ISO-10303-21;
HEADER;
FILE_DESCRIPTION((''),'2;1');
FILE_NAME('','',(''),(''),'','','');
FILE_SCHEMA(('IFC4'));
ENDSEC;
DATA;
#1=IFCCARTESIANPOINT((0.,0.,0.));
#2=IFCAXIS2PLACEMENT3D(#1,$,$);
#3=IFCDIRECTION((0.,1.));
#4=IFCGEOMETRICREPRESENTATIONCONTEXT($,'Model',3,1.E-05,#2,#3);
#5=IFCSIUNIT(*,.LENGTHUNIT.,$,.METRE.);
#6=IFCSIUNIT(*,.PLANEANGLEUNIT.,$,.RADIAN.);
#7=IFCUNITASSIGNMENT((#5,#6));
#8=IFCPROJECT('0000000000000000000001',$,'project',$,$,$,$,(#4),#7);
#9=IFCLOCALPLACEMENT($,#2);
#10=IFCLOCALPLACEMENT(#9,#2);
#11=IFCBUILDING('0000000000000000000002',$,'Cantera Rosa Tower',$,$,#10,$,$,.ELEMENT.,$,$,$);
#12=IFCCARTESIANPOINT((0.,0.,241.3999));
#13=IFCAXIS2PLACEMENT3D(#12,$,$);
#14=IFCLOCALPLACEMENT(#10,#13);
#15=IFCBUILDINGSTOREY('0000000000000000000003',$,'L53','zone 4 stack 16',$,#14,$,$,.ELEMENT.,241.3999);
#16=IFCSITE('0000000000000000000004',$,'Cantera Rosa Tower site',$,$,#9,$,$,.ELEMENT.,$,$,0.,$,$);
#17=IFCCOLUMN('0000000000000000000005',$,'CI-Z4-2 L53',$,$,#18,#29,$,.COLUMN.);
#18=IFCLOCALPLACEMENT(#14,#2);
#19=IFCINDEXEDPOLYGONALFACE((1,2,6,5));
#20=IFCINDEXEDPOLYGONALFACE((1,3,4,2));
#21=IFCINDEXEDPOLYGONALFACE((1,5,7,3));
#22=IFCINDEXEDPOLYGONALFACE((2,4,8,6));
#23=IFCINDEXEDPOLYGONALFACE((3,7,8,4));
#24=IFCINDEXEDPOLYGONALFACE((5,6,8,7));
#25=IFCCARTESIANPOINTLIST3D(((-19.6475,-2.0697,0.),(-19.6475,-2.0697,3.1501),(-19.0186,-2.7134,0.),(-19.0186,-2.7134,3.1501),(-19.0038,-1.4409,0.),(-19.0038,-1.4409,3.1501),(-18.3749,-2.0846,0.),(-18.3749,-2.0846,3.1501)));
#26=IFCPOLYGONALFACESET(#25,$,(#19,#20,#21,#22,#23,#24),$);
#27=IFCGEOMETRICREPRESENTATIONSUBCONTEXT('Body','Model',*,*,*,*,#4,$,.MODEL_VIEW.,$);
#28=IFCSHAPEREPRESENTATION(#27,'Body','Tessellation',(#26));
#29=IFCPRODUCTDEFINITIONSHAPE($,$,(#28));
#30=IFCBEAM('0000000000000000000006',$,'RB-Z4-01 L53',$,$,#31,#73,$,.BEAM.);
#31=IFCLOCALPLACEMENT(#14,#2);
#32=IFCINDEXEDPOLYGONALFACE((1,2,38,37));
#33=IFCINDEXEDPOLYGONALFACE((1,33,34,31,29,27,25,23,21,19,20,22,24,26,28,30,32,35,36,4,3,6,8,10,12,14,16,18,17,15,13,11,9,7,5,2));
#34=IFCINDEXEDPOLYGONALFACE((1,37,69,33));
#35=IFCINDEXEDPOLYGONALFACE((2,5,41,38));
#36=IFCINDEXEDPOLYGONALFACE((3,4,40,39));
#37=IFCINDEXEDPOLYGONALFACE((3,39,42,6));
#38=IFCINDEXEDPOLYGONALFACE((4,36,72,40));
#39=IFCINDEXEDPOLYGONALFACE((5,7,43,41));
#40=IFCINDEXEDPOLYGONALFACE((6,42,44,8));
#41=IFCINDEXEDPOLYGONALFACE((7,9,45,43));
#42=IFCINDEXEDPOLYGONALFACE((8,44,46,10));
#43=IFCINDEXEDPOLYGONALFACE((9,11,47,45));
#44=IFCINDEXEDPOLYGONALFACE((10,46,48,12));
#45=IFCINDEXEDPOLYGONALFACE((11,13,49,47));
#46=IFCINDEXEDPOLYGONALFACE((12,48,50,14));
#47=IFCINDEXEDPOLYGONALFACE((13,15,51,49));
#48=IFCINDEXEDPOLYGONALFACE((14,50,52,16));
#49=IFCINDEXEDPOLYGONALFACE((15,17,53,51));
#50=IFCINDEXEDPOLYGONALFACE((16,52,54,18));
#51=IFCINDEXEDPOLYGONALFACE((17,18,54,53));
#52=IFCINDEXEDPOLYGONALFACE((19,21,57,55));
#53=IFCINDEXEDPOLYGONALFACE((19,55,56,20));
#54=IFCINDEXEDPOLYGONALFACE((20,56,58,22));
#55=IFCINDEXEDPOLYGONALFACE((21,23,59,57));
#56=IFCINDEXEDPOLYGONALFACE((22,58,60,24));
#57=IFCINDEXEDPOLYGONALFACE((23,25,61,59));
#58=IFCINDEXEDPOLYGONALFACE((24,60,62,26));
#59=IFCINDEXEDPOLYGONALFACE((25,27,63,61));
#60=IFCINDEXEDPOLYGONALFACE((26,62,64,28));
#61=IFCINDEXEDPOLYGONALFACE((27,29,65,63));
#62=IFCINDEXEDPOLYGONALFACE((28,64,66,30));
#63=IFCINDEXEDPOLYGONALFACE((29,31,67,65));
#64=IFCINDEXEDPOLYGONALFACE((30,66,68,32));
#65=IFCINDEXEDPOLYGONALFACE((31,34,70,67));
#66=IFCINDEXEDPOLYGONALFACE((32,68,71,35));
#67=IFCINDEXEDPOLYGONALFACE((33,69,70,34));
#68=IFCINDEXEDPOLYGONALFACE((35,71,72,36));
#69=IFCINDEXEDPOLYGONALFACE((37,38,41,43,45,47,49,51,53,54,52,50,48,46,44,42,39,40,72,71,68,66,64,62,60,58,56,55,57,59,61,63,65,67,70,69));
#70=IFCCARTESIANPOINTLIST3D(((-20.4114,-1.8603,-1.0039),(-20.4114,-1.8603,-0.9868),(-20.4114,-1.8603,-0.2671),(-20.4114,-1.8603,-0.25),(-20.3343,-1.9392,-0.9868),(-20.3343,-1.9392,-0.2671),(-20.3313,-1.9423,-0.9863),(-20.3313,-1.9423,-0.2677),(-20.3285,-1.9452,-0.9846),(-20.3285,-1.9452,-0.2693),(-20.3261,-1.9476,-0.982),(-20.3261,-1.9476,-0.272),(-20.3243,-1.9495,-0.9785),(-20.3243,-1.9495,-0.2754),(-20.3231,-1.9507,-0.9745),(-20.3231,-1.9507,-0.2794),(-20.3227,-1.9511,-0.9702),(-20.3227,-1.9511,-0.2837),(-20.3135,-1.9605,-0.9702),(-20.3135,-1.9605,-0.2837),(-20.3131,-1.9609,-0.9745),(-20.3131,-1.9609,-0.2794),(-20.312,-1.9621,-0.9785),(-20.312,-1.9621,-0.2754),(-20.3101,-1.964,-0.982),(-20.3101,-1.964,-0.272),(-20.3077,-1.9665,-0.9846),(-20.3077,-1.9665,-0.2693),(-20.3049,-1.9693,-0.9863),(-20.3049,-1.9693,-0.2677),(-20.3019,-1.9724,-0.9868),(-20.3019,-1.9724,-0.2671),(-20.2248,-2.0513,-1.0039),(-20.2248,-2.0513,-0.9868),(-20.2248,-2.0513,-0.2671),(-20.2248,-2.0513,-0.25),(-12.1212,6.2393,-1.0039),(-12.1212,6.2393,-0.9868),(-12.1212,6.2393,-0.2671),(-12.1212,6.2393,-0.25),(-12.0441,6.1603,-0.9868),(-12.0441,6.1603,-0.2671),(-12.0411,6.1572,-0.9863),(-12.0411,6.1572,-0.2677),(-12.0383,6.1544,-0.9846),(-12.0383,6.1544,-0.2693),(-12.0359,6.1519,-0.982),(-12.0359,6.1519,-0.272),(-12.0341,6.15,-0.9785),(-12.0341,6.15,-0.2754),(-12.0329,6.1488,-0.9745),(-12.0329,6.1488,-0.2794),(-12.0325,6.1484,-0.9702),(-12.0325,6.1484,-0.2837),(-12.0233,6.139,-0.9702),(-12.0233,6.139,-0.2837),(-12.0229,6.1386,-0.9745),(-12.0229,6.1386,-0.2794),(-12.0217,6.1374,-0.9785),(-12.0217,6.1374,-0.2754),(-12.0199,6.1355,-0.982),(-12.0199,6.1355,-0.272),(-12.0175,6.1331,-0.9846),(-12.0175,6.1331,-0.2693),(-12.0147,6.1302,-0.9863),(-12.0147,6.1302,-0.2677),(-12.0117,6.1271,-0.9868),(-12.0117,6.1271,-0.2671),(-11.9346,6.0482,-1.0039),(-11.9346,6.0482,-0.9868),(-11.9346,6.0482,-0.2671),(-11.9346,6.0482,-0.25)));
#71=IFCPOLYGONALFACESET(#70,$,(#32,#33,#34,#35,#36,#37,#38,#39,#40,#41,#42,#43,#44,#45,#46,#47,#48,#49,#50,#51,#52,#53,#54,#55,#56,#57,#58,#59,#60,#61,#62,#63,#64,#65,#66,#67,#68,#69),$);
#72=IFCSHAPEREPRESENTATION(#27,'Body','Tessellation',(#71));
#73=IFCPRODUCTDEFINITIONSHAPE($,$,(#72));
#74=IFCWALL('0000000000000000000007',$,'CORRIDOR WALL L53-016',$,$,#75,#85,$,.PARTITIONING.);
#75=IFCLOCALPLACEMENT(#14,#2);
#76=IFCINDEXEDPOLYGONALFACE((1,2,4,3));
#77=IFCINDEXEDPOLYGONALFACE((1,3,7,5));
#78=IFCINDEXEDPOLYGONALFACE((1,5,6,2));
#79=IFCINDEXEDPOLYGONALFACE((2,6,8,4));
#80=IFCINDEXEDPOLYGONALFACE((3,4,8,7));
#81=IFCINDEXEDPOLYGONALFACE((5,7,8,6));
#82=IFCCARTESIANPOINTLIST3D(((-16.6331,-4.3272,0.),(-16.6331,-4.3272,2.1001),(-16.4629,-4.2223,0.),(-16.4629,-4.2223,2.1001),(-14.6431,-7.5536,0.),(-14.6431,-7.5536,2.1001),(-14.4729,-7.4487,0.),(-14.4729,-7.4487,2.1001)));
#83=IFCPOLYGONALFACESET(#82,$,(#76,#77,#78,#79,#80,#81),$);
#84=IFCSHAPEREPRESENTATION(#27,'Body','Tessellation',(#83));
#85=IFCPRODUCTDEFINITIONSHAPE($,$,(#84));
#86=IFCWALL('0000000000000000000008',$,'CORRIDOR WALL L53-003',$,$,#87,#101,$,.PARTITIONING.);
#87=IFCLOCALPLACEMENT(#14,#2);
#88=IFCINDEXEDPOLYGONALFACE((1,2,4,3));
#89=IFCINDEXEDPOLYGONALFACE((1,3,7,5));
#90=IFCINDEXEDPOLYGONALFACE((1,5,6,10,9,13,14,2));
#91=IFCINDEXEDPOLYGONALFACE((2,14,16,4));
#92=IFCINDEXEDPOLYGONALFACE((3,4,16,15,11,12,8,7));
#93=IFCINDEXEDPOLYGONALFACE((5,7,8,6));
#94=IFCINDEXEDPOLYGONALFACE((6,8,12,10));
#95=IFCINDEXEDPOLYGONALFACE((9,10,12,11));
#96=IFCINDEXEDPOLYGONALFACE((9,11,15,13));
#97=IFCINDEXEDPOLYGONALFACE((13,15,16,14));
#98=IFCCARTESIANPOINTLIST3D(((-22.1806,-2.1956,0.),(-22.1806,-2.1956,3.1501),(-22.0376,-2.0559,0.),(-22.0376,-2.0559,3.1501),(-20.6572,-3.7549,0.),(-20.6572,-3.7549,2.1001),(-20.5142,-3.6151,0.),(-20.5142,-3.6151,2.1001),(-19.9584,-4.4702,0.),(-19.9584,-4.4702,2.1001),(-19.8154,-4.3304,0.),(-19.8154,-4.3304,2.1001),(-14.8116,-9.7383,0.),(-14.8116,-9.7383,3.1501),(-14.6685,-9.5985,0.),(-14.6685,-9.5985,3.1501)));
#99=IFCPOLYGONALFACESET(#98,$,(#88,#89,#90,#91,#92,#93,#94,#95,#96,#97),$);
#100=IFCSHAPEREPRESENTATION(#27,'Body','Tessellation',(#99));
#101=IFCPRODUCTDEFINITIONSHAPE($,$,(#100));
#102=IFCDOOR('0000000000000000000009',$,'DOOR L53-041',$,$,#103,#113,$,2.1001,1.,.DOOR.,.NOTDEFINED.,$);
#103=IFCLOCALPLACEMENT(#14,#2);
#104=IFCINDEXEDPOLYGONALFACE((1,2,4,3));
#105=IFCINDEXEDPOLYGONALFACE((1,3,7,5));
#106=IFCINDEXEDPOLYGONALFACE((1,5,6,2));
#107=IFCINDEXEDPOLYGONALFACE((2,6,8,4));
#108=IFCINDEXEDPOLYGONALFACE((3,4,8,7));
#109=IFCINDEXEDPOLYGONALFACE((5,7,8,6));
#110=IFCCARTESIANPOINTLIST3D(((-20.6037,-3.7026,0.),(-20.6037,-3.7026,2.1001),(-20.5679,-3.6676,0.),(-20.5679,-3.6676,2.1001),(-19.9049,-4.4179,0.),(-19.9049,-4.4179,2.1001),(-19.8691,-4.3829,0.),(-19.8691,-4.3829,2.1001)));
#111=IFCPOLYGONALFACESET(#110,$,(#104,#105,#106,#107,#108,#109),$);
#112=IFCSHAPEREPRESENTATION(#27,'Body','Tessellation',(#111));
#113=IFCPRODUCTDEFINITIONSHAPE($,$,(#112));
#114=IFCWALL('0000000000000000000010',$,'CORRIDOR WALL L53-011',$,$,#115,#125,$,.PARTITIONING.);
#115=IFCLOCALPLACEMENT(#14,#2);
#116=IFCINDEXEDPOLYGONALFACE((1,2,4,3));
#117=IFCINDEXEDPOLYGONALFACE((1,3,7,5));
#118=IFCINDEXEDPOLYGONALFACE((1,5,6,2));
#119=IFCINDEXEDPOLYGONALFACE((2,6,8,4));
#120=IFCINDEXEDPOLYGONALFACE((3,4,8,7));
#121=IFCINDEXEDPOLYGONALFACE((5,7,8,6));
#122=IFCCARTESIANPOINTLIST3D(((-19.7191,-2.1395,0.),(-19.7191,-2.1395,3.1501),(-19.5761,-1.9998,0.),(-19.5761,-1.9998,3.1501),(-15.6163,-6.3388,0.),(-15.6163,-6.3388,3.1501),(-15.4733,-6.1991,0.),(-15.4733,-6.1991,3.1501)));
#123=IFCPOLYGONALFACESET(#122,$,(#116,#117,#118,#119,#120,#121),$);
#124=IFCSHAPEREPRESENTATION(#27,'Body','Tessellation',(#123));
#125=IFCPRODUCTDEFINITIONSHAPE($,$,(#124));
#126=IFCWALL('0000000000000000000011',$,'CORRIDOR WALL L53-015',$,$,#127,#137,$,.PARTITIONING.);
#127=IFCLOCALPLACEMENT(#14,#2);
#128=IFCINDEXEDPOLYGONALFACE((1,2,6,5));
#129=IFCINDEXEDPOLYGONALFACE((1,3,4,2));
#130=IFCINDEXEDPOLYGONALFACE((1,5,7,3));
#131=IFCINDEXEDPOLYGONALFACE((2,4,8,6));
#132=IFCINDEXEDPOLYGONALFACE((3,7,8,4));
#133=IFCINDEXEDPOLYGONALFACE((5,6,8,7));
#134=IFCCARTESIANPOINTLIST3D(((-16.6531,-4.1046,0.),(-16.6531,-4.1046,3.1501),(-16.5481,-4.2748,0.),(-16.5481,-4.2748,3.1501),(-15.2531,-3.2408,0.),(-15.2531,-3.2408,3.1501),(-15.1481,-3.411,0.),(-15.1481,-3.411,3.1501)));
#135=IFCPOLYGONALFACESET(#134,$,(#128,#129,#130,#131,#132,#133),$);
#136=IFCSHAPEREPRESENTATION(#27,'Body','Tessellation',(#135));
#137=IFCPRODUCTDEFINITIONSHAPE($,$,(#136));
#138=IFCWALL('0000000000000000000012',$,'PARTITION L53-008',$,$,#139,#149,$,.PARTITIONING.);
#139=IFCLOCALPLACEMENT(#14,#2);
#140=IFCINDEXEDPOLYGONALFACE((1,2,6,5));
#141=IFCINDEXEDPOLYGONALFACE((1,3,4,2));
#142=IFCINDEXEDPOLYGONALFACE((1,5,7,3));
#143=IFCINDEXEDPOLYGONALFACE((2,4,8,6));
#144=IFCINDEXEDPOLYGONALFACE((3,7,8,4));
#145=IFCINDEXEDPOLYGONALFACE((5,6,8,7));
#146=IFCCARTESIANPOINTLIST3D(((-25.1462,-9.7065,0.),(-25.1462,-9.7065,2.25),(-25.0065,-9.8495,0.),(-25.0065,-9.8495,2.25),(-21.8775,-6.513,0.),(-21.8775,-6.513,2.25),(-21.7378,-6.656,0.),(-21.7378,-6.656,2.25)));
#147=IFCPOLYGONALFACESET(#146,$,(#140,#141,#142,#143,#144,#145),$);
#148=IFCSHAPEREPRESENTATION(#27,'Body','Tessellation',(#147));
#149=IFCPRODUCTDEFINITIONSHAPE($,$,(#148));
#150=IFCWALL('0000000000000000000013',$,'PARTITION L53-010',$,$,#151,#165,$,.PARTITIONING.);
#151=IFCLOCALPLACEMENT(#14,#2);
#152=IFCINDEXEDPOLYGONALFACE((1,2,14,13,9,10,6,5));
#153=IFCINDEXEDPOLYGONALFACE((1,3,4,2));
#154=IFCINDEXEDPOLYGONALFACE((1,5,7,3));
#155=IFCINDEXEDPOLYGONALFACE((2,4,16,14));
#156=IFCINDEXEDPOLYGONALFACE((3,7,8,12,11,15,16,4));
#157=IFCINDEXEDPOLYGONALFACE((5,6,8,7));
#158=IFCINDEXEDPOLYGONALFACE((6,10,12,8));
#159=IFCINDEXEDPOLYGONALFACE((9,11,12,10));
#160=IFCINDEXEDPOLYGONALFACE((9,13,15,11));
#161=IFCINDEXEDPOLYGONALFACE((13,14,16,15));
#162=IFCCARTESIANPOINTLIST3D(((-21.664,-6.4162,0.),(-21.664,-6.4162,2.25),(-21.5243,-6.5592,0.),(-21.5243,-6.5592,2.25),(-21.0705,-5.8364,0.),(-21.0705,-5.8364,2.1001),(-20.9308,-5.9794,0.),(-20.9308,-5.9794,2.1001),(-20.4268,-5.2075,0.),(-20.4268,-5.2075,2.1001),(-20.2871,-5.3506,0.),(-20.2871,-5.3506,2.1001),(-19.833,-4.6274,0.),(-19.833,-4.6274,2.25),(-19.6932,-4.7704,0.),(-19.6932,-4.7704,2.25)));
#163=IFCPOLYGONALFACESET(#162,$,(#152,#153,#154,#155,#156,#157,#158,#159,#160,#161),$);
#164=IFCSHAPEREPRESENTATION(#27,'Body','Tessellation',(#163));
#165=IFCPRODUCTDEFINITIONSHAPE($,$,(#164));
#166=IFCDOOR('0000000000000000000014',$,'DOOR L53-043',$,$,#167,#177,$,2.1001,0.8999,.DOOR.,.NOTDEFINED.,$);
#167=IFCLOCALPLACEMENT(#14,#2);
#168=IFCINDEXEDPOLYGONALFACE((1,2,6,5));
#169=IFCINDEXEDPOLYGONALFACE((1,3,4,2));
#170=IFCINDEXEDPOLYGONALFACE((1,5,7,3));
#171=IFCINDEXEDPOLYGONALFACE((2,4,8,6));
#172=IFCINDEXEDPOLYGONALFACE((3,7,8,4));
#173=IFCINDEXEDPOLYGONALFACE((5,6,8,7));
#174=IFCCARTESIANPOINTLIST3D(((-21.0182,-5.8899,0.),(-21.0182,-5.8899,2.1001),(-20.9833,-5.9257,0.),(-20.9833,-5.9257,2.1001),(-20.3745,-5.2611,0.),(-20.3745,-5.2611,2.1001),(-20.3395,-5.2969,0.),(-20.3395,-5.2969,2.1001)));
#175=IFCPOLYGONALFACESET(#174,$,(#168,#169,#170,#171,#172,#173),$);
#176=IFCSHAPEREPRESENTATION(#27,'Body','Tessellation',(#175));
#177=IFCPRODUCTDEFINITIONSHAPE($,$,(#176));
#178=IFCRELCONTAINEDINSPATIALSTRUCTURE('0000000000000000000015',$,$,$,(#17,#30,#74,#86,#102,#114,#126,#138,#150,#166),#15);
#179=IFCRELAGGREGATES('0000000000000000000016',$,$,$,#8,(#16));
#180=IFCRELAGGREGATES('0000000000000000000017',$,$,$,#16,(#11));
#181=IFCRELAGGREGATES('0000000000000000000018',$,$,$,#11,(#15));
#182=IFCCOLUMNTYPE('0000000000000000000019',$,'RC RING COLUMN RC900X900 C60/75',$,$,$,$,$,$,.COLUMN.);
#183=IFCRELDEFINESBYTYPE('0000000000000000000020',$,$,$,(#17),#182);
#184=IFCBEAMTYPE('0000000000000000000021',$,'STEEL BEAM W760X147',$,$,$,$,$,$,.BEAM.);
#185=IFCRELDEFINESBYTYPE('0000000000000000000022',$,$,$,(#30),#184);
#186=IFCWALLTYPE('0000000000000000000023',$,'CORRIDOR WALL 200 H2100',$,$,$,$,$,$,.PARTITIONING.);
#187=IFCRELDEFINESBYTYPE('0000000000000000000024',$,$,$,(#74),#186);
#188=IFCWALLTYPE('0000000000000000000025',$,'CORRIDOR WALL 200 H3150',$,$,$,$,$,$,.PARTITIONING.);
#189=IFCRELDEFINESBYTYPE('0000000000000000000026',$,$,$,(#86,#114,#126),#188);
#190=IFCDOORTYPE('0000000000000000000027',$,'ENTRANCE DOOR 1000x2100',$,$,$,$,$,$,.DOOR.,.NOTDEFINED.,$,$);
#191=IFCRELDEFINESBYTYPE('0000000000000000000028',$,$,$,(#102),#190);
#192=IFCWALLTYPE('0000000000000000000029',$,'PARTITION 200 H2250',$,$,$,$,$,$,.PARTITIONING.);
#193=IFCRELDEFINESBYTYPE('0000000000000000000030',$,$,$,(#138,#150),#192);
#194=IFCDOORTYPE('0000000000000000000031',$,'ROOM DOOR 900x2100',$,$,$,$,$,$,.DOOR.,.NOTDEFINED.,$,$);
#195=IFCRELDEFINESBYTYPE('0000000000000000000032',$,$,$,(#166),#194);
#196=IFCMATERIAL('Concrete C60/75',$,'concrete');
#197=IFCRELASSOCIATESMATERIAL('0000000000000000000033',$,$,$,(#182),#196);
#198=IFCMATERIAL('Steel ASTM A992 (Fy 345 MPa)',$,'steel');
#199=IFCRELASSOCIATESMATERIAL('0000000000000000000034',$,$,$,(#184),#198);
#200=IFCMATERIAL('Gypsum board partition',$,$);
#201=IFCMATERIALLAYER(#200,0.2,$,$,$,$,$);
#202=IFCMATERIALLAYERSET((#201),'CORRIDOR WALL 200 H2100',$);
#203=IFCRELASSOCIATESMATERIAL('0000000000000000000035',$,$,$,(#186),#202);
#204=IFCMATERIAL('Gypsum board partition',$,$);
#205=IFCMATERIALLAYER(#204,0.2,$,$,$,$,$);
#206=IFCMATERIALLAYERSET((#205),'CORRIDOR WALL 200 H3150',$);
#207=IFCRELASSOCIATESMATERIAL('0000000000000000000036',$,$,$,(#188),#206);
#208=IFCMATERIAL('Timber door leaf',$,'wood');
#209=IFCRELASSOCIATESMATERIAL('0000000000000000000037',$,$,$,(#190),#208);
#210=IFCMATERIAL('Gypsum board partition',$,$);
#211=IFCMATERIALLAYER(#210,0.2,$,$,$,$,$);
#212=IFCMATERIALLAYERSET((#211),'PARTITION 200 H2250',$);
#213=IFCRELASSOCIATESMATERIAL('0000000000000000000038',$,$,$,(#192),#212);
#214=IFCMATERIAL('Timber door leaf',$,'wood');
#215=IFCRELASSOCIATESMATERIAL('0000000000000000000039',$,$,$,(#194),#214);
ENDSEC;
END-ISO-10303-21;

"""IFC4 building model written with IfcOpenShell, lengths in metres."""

from ifc_helpers import new_model, si_unit, direction, frame, frame_2d, origin, origin_2d, place, context, subcontext, project, spatial, rectangle, i_section, extrude, material, layer, layer_set, material_profile, profile_set, type_object, element, fill, save


model = new_model("IFC4")

# Units and contexts
model_context = context("Model", 3, precision=1e-05, world=origin(), true_north=direction((0.0, 1.0)))
body_context = subcontext(model_context, "Body", "Model", "MODEL_VIEW")
ifc_project = project(units=[si_unit("LENGTHUNIT", "METRE"), si_unit("PLANEANGLEUNIT", "RADIAN")], contexts=[model_context])

# Site, building, storey
site_placement = place(None, origin())
site = spatial("IfcSite", under=ifc_project, at=site_placement, Name="Cantera Rosa Tower site", CompositionType="ELEMENT", RefElevation=0.0)
building_placement = place(site_placement, origin())
building = spatial("IfcBuilding", under=site, at=building_placement, Name="Cantera Rosa Tower", CompositionType="ELEMENT")
storey_placement = place(building_placement, frame((0.0, 0.0, 241.3999)))
storey = spatial("IfcBuildingStorey", under=building, at=storey_placement, Name="L53", Description="zone 4 stack 16", CompositionType="ELEMENT", Elevation=241.3999)

# Column
ifc_material_1 = material(Name="Concrete C60/75", Category="concrete")
ifc_material_profile_1 = material_profile(ifc_material_1, rectangle(XDim=0.8999, YDim=0.8999, at=origin_2d()), Name="RC RING COLUMN RC900X900 C60/75")
ifc_profile_set_1 = profile_set([ifc_material_profile_1], Name="Concrete C60/75")
column_type = type_object("IfcColumnType", Name="RC RING COLUMN RC900X900 C60/75", PredefinedType="COLUMN", material=ifc_profile_set_1)
column_placement = place(storey_placement, frame((-19.0112, -2.0771, 0.0), z_axis=(0.0, 0.0, 1.0), x_axis=(0.715286, 0.698832, 0.0)))
element("IfcColumn", 1, at=column_placement, inside=storey, type_object=column_type, Name="CI-Z4-2 L53", PredefinedType="COLUMN", context=body_context, shape_type="SweptSolid", body=[
    extrude(rectangle(XDim=0.8999, YDim=0.8999, at=origin_2d()), origin(), (0.0, 0.0, 1.0), 3.1501),
])

# Beam
ifc_material_2 = material(Name="Steel ASTM A992 (Fy 345 MPa)", Category="steel")
ifc_material_profile_2 = material_profile(ifc_material_2, i_section(OverallWidth=0.2671, OverallDepth=0.7539, WebThickness=0.0132, FlangeThickness=0.0171, FilletRadius=0.0166, at=origin_2d()), Name="W760X147")
ifc_profile_set_2 = profile_set([ifc_material_profile_2], Name="Steel ASTM A992 (Fy 345 MPa)")
beam_type = type_object("IfcBeamType", Name="STEEL BEAM W760X147", PredefinedType="BEAM", material=ifc_profile_set_2)
beam_placement = place(storey_placement, frame((-20.3181, -1.9558, -0.627), z_axis=(0.715285, 0.698833, 0.0), x_axis=(-0.698833, 0.715285, 0.0)))
element("IfcBeam", 2, at=beam_placement, inside=storey, type_object=beam_type, Name="RB-Z4-01 L53", PredefinedType="BEAM", context=body_context, shape_type="SweptSolid", body=[
    extrude(i_section(OverallWidth=0.2671, OverallDepth=0.7539, WebThickness=0.0132, FlangeThickness=0.0171, FilletRadius=0.0166, at=origin_2d()), origin(), (0.0, 0.0, 1.0), 11.5901),
])

# Wall
ifc_material_3 = material(Name="Gypsum board partition")
ifc_layer_1 = layer(ifc_material_3, 0.2)
ifc_layer_set_1 = layer_set([ifc_layer_1], Name="CORRIDOR WALL 200 H2100")
wall_type_1 = type_object("IfcWallType", Name="CORRIDOR WALL 200 H2100", PredefinedType="PARTITIONING", material=ifc_layer_set_1)
wall_1_placement = place(storey_placement, frame((-16.5481, -4.2747, 0.0), z_axis=(0.0, 0.0, 1.0), x_axis=(0.52497, -0.851121, 0.0)))
element("IfcWall", 3, at=wall_1_placement, inside=storey, type_object=wall_type_1, Name="CORRIDOR WALL L53-016", PredefinedType="PARTITIONING", context=body_context, shape_type="SweptSolid", body=[
    extrude(rectangle(XDim=3.7908, YDim=0.2, at=frame_2d((1.8955, 0.0))), origin(), (0.0, 0.0, 1.0), 2.1001),
])

# Wall, opening, door
ifc_material_4 = material(Name="Gypsum board partition")
ifc_layer_2 = layer(ifc_material_4, 0.2)
ifc_layer_set_2 = layer_set([ifc_layer_2], Name="CORRIDOR WALL 200 H3150")
wall_type_2 = type_object("IfcWallType", Name="CORRIDOR WALL 200 H3150", PredefinedType="PARTITIONING", material=ifc_layer_set_2)
wall_2_placement = place(storey_placement, frame((-22.1091, -2.1257, 0.0), z_axis=(0.0, 0.0, 1.0), x_axis=(0.698828, -0.71529, 0.0)))
wall_2 = element("IfcWall", 4, at=wall_2_placement, inside=storey, type_object=wall_type_2, Name="CORRIDOR WALL L53-003", PredefinedType="PARTITIONING", context=body_context, shape_type="SweptSolid", body=[
    extrude(rectangle(XDim=10.5449, YDim=0.2, at=frame_2d((5.2725, 0.0))), origin(), (0.0, 0.0, 1.0), 3.1501),
])
opening_1_placement = place(wall_2_placement, frame((2.1799, 0.0, 0.0)))
opening_1 = element("IfcOpeningElement", 5, at=opening_1_placement, cuts=wall_2, PredefinedType="OPENING", context=body_context, shape_type="SweptSolid", body=[
    extrude(rectangle(XDim=1.0, YDim=2.1001, at=frame_2d((0.5, 1.05))), frame((0.0, 0.1099, 0.0), z_axis=(0.0, -1.0, 0.0), x_axis=(1.0, 0.0, 0.0)), (0.0, 0.0, 1.0), 0.22),
])
ifc_material_5 = material(Name="Timber door leaf", Category="wood")
door_type_1 = type_object("IfcDoorType", Name="ENTRANCE DOOR 1000x2100", OperationType="NOTDEFINED", PredefinedType="DOOR", material=ifc_material_5)
door_1_placement = place(opening_1_placement, origin())
door_1 = element("IfcDoor", 6, at=door_1_placement, inside=storey, type_object=door_type_1, Name="DOOR L53-041", OperationType="NOTDEFINED", OverallHeight=2.1001, OverallWidth=1.0, PredefinedType="DOOR", context=body_context, shape_type="SweptSolid", body=[
    extrude(rectangle(XDim=1.0, YDim=2.1001, at=frame_2d((0.5, 1.05))), frame((0.0, 0.0249, 0.0), z_axis=(0.0, -1.0, 0.0), x_axis=(1.0, 0.0, 0.0)), (0.0, 0.0, 1.0), 0.05),
])
fill(opening_1, door_1)

# Walls
wall_3_placement = place(storey_placement, frame((-19.6477, -2.0696, 0.0), z_axis=(0.0, 0.0, 1.0), x_axis=(0.698846, -0.715272, 0.0)))
element("IfcWall", 7, at=wall_3_placement, inside=storey, type_object=wall_type_2, Name="CORRIDOR WALL L53-011", PredefinedType="PARTITIONING", context=body_context, shape_type="SweptSolid", body=[
    extrude(rectangle(XDim=5.8708, YDim=0.2, at=frame_2d((2.9355, 0.0))), origin(), (0.0, 0.0, 1.0), 3.1501),
])
wall_4_placement = place(storey_placement, frame((-16.6006, -4.1897, 0.0), z_axis=(0.0, 0.0, 1.0), x_axis=(0.851036, 0.525107, 0.0)))
element("IfcWall", 8, at=wall_4_placement, inside=storey, type_object=wall_type_2, Name="CORRIDOR WALL L53-015", PredefinedType="PARTITIONING", context=body_context, shape_type="SweptSolid", body=[
    extrude(rectangle(XDim=1.645, YDim=0.2, at=frame_2d((0.8225, 0.0))), origin(), (0.0, 0.0, 1.0), 3.1501),
])
ifc_material_6 = material(Name="Gypsum board partition")
ifc_layer_3 = layer(ifc_material_6, 0.2)
ifc_layer_set_3 = layer_set([ifc_layer_3], Name="PARTITION 200 H2250")
wall_type_3 = type_object("IfcWallType", Name="PARTITION 200 H2250", PredefinedType="PARTITIONING", material=ifc_layer_set_3)
wall_5_placement = place(storey_placement, frame((-21.8076, -6.5845, 0.0), z_axis=(0.0, 0.0, 1.0), x_axis=(-0.715286, -0.698832, 0.0)))
element("IfcWall", 9, at=wall_5_placement, inside=storey, type_object=wall_type_3, Name="PARTITION L53-008", PredefinedType="PARTITIONING", context=body_context, shape_type="SweptSolid", body=[
    extrude(rectangle(XDim=4.5698, YDim=0.2, at=frame_2d((2.2849, 0.0))), origin(), (0.0, 0.0, 1.0), 2.25),
])

# Wall, opening, door
wall_6_placement = place(storey_placement, frame((-19.7632, -4.699, 0.0), z_axis=(0.0, 0.0, 1.0), x_axis=(-0.715309, -0.698809, 0.0)))
wall_6 = element("IfcWall", 10, at=wall_6_placement, inside=storey, type_object=wall_type_3, Name="PARTITION L53-010", PredefinedType="PARTITIONING", context=body_context, shape_type="SweptSolid", body=[
    extrude(rectangle(XDim=2.5598, YDim=0.2, at=frame_2d((1.2798, 0.0))), origin(), (0.0, 0.0, 1.0), 2.25),
])
opening_2_placement = place(wall_6_placement, frame((0.8301, 0.0, 0.0)))
opening_2 = element("IfcOpeningElement", 11, at=opening_2_placement, cuts=wall_6, PredefinedType="OPENING", context=body_context, shape_type="SweptSolid", body=[
    extrude(rectangle(XDim=0.8999, YDim=2.1001, at=frame_2d((0.45, 1.05))), frame((0.0, 0.1099, 0.0), z_axis=(0.0, -1.0, 0.0), x_axis=(1.0, 0.0, 0.0)), (0.0, 0.0, 1.0), 0.22),
])
ifc_material_7 = material(Name="Timber door leaf", Category="wood")
door_type_2 = type_object("IfcDoorType", Name="ROOM DOOR 900x2100", OperationType="NOTDEFINED", PredefinedType="DOOR", material=ifc_material_7)
door_2_placement = place(opening_2_placement, origin())
door_2 = element("IfcDoor", 12, at=door_2_placement, inside=storey, type_object=door_type_2, Name="DOOR L53-043", OperationType="NOTDEFINED", OverallHeight=2.1001, OverallWidth=0.8999, PredefinedType="DOOR", context=body_context, shape_type="SweptSolid", body=[
    extrude(rectangle(XDim=0.8999, YDim=2.1001, at=frame_2d((0.45, 1.05))), frame((0.0, 0.0249, 0.0), z_axis=(0.0, -1.0, 0.0), x_axis=(1.0, 0.0, 0.0)), (0.0, 0.0, 1.0), 0.05),
])
fill(opening_2, door_2)

save(model, "model.ifc")
